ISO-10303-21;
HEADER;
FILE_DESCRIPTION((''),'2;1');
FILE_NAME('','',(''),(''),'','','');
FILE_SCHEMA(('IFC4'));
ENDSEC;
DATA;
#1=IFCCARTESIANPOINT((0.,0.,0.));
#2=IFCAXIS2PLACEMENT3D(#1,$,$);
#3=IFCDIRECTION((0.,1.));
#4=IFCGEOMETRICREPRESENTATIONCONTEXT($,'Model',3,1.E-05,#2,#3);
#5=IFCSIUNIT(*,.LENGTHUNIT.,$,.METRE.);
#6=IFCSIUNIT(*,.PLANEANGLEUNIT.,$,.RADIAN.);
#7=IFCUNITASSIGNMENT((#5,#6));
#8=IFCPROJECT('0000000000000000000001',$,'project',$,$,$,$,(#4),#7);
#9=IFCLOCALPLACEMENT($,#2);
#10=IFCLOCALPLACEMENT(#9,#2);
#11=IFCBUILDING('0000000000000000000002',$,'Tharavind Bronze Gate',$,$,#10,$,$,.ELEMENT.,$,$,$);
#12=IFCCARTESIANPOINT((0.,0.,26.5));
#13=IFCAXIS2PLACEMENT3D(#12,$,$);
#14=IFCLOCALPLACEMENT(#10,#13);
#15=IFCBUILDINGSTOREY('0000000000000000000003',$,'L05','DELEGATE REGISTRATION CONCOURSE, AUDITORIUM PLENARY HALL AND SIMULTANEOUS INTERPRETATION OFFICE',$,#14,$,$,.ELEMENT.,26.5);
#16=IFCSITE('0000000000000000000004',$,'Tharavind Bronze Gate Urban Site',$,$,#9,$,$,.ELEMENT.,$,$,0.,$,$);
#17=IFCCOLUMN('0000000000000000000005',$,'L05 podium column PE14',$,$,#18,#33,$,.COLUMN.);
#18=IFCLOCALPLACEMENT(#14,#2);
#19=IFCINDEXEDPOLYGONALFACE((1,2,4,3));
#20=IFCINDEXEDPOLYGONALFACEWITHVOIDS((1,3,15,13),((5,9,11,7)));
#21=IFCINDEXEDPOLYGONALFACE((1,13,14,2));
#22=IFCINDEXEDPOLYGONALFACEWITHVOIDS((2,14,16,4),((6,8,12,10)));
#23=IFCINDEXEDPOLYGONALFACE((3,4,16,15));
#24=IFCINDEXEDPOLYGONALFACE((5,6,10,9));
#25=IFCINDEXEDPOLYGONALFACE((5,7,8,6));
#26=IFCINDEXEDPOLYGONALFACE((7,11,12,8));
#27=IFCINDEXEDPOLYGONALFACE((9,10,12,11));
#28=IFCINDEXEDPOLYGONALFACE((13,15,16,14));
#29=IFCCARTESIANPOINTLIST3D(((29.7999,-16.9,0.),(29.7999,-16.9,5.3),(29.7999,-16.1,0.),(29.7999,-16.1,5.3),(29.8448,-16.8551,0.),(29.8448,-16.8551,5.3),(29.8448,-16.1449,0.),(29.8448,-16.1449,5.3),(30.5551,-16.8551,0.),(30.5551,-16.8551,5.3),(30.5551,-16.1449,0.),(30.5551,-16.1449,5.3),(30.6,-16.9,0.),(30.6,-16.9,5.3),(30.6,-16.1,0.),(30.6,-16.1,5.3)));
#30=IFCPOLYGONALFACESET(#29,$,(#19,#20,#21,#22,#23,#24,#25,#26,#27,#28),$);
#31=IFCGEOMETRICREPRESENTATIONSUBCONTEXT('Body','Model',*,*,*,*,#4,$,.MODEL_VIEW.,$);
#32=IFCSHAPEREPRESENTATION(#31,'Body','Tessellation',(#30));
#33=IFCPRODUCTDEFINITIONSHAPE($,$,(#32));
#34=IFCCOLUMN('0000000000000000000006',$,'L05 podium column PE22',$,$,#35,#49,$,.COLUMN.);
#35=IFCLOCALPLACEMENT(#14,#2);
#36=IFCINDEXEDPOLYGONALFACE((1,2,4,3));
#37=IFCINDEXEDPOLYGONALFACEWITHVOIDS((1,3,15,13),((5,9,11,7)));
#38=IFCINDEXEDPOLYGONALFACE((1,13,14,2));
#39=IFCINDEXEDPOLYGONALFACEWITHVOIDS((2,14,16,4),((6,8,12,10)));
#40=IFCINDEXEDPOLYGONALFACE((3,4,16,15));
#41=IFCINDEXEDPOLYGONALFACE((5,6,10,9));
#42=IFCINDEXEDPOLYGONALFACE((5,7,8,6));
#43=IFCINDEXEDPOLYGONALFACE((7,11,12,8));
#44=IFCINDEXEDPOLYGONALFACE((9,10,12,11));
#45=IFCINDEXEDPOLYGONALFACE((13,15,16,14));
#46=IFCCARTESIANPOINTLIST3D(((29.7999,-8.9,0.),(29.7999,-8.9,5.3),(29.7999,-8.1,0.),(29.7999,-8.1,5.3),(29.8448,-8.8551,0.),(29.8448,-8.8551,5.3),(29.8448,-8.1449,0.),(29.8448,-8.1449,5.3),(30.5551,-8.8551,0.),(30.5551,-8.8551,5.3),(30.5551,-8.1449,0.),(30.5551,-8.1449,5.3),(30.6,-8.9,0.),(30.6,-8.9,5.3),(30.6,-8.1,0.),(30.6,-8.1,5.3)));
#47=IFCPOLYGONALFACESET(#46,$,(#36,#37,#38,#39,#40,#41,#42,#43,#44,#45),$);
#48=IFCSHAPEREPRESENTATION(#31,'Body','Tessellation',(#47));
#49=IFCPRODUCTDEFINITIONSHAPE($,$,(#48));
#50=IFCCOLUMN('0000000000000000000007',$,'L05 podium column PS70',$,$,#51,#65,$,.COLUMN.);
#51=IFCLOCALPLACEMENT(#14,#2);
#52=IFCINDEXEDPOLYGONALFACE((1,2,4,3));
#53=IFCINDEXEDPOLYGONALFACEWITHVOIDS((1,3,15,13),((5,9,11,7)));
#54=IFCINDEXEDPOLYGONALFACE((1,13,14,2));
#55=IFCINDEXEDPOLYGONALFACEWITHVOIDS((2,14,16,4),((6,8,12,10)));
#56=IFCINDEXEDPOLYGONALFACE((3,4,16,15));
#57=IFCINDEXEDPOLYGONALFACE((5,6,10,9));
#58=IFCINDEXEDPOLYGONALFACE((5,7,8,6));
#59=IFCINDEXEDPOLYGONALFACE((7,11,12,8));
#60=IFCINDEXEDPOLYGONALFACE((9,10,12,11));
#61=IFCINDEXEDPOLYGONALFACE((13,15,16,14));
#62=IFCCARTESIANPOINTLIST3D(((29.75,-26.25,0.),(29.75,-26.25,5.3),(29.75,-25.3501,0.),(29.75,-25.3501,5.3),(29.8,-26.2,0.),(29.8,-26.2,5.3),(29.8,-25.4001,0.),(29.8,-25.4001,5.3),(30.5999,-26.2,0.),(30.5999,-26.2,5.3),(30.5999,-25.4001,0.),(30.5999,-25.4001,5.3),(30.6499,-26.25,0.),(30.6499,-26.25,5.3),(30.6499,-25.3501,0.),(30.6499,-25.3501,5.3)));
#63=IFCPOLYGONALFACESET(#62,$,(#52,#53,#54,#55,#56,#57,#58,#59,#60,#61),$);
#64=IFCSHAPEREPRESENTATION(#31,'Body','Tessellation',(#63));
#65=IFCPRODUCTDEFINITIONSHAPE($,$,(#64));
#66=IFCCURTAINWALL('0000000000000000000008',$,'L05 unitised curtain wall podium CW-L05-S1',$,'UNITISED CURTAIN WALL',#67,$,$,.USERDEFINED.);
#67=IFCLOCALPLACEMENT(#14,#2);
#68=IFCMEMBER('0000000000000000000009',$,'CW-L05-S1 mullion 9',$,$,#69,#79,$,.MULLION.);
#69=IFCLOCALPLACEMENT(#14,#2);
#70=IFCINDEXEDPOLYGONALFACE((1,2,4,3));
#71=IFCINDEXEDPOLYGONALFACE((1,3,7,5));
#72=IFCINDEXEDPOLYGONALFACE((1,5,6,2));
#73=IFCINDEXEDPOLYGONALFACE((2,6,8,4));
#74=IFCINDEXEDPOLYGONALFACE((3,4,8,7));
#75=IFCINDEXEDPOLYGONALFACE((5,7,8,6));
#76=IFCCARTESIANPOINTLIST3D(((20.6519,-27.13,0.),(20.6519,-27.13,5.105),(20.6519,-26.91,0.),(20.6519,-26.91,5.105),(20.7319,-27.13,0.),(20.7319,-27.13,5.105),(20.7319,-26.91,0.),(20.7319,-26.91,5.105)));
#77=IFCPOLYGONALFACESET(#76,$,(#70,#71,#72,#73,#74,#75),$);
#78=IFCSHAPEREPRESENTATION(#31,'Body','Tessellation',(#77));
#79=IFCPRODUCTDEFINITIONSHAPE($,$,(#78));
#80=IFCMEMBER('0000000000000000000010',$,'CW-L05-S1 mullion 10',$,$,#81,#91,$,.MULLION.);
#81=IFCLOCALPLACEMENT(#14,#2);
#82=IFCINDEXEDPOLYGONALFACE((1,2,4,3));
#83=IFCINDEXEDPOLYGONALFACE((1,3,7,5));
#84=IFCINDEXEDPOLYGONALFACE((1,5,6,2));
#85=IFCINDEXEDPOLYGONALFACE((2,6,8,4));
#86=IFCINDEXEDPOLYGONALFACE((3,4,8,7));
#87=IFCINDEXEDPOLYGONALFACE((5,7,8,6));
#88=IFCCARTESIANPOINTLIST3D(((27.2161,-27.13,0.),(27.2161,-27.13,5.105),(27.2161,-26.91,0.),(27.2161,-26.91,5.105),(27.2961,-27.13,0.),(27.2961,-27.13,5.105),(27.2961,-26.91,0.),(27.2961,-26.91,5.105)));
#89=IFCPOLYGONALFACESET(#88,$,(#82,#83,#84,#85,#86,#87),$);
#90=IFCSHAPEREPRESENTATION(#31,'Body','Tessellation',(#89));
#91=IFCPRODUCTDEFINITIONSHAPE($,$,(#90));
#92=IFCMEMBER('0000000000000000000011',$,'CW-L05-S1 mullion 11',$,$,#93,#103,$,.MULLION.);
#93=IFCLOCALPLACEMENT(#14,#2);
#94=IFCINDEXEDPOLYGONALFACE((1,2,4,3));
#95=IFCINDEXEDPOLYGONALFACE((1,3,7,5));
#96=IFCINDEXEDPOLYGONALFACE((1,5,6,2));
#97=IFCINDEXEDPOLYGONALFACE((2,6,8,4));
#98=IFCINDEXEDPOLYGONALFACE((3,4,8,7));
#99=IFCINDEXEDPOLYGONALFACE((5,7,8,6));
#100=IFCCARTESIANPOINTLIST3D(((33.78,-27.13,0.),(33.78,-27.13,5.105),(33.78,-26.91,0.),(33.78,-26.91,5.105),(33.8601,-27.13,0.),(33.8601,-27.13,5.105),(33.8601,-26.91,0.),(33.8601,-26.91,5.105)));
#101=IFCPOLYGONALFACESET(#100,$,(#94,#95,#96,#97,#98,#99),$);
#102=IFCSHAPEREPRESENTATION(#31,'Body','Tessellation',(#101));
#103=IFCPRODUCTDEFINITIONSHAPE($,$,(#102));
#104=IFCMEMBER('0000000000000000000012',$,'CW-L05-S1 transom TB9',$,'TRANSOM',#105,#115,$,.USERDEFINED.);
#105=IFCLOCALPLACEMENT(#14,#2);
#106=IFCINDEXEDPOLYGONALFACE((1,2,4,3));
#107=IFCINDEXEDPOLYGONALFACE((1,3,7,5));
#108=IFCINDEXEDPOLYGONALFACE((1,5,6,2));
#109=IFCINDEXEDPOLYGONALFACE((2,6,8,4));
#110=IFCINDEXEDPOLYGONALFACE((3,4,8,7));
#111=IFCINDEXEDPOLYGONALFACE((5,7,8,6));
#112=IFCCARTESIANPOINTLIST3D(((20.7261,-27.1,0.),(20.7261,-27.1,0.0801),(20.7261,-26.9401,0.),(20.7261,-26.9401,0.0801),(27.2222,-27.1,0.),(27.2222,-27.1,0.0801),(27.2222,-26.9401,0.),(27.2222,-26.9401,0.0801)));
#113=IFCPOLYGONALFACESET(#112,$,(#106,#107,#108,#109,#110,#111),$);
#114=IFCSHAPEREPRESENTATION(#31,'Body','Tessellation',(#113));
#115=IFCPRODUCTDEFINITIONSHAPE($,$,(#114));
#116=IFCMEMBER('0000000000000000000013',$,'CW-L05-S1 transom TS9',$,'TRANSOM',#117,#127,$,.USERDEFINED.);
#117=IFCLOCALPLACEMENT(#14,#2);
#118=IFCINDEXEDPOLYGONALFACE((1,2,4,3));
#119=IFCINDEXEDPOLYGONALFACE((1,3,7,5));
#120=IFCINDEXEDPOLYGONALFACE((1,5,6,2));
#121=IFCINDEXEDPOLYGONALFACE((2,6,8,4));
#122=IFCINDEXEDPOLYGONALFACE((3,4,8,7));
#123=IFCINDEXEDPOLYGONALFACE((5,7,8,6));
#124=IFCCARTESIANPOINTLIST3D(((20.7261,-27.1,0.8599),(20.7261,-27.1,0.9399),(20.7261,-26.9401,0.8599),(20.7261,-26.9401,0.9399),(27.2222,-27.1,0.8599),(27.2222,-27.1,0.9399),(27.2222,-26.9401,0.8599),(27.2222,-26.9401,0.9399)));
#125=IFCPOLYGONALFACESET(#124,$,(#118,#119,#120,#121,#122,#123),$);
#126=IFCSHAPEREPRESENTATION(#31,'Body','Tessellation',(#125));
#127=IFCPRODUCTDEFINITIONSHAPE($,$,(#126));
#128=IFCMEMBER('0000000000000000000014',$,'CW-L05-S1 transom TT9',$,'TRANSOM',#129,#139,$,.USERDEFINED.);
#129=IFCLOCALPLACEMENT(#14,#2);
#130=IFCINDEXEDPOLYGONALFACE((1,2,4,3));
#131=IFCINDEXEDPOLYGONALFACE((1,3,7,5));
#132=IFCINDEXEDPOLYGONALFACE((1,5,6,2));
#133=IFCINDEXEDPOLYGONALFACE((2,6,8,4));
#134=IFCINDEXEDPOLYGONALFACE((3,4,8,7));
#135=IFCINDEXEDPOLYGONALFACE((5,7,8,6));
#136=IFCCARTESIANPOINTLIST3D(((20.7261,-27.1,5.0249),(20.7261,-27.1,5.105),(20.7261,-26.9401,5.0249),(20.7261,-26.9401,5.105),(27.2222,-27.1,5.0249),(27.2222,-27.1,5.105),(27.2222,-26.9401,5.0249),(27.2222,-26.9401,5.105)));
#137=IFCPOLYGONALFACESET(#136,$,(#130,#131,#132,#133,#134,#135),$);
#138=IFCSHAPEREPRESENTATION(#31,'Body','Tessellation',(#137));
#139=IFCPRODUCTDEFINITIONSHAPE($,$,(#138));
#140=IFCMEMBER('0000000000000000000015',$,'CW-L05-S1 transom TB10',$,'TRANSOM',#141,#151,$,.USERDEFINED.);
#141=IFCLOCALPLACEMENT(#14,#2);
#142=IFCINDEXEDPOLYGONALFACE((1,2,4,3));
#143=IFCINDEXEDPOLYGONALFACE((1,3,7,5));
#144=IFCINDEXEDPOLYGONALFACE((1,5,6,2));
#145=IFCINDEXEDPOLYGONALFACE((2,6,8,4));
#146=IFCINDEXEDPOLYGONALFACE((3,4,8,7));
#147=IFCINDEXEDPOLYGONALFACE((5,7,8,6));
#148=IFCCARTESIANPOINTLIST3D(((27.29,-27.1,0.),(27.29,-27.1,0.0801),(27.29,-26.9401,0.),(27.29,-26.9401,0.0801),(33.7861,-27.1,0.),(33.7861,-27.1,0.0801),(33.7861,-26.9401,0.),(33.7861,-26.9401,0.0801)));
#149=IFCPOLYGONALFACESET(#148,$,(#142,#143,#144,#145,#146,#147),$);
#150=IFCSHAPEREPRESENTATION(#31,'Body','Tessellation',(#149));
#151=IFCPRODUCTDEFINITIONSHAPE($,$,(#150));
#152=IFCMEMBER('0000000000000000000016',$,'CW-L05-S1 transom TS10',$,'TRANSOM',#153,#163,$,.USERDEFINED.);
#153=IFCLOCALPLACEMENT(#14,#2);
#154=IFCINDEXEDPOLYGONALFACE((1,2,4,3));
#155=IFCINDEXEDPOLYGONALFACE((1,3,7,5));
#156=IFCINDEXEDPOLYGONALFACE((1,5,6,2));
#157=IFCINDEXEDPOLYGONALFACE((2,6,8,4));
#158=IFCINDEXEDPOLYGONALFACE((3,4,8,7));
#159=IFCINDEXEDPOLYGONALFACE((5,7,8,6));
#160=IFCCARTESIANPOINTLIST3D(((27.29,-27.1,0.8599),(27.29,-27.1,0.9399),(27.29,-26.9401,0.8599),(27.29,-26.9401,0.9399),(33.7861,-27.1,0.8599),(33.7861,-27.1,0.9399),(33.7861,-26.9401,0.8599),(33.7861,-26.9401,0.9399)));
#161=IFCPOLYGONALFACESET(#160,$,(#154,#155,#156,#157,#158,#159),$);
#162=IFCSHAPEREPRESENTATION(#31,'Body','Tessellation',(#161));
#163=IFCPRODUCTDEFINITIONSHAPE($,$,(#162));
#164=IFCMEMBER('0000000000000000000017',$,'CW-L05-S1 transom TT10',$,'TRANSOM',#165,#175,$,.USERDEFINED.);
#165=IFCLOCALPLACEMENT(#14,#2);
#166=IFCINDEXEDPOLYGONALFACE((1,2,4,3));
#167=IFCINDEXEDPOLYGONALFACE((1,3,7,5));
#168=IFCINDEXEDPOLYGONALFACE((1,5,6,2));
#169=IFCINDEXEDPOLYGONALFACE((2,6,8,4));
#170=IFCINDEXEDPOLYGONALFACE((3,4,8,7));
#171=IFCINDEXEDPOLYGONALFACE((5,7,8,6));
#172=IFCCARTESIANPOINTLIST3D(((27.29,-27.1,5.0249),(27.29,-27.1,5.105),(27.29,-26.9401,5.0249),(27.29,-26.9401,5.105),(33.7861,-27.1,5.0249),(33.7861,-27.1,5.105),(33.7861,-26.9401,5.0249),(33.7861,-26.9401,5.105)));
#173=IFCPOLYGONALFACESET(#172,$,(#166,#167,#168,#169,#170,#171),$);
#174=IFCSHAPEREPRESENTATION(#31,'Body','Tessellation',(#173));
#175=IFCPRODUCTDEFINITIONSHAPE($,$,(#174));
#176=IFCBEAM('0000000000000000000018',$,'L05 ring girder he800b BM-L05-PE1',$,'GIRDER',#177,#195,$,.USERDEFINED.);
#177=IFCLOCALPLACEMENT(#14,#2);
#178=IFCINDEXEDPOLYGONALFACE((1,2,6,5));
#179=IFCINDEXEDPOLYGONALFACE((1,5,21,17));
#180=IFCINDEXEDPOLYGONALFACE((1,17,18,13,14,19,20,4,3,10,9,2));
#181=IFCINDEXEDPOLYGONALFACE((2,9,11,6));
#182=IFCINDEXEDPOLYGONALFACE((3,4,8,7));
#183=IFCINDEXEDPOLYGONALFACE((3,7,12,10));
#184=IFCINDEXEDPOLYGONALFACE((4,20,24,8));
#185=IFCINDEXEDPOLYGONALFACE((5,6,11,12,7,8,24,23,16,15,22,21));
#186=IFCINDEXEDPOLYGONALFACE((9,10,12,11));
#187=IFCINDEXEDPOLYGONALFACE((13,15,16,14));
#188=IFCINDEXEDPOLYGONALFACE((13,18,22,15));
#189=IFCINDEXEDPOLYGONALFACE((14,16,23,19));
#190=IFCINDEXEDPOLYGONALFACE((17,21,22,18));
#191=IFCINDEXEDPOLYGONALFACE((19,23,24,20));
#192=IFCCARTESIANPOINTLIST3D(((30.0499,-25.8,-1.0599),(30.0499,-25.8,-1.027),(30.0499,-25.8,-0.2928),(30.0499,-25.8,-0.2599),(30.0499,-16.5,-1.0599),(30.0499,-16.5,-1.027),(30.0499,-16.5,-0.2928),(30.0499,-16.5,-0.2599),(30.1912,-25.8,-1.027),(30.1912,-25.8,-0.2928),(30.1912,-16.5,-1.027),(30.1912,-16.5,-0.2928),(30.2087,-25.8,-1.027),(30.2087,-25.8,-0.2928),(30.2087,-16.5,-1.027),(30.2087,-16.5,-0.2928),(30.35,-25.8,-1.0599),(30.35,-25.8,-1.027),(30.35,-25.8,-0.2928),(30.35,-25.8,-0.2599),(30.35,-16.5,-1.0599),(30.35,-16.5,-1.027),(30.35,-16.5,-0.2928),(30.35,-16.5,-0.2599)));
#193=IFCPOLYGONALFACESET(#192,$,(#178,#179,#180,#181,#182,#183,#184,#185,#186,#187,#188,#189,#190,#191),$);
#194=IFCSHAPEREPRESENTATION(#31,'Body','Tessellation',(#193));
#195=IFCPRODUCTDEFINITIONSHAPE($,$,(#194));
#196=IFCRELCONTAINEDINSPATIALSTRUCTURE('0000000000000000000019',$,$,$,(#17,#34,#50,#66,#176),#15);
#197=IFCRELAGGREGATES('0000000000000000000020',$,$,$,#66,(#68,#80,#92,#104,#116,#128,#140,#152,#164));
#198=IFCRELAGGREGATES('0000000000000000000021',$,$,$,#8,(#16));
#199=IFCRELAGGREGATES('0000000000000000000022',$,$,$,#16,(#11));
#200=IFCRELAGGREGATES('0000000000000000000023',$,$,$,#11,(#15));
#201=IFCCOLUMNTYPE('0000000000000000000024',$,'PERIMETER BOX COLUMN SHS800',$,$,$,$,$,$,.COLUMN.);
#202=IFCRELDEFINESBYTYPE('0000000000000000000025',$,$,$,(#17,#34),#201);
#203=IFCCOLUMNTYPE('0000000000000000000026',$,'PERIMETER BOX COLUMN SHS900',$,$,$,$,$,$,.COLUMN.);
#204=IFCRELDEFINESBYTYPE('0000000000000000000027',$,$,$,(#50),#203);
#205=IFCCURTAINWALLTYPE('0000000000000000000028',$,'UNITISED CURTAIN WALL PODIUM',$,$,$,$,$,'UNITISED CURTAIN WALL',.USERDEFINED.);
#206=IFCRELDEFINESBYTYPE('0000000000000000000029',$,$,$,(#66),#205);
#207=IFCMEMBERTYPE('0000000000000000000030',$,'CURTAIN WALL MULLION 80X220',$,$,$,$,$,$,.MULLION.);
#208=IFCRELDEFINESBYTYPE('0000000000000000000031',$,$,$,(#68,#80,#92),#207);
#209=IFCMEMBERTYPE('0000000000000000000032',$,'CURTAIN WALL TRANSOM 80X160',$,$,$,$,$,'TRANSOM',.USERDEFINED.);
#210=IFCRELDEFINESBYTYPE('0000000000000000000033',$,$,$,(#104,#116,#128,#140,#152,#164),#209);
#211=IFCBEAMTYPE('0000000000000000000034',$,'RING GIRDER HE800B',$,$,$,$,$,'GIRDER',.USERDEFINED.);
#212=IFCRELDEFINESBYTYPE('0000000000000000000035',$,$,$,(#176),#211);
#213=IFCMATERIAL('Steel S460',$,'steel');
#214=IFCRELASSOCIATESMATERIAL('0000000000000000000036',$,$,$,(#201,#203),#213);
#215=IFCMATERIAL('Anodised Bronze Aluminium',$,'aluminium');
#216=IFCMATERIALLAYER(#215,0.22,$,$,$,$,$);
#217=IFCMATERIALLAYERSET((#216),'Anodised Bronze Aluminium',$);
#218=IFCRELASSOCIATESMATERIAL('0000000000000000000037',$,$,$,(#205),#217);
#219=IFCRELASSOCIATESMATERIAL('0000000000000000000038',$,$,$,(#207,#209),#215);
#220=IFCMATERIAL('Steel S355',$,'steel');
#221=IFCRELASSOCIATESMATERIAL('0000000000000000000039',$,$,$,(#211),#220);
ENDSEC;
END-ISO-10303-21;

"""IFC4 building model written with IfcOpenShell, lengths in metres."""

from ifc_helpers import new_model, si_unit, direction, frame, origin, origin_2d, place, context, subcontext, project, spatial, rectangle, hollow_rectangle, i_section, extrude, material, layer, layer_set, material_profile, profile_set, type_object, element, aggregate, save


model = new_model("IFC4")

# Units and contexts
model_context = context("Model", 3, precision=1e-05, world=origin(), true_north=direction((0.0, 1.0)))
body_context = subcontext(model_context, "Body", "Model", "MODEL_VIEW")
ifc_project = project(units=[si_unit("LENGTHUNIT", "METRE"), si_unit("PLANEANGLEUNIT", "RADIAN")], contexts=[model_context])

# Site, building, storey
site_placement = place(None, origin())
site = spatial("IfcSite", under=ifc_project, at=site_placement, Name="Tharavind Bronze Gate Urban Site", CompositionType="ELEMENT", RefElevation=0.0)
building_placement = place(site_placement, origin())
building = spatial("IfcBuilding", under=site, at=building_placement, Name="Tharavind Bronze Gate", CompositionType="ELEMENT")
storey_placement = place(building_placement, frame((0.0, 0.0, 26.5)))
storey = spatial("IfcBuildingStorey", under=building, at=storey_placement, Name="L05", Description="DELEGATE REGISTRATION CONCOURSE, AUDITORIUM PLENARY HALL AND SIMULTANEOUS INTERPRETATION OFFICE", CompositionType="ELEMENT", Elevation=26.5)

# Columns
ifc_material_1 = material(Name="Steel S460", Category="steel")
ifc_material_profile_1 = material_profile(ifc_material_1, hollow_rectangle(XDim=0.8, YDim=0.8, WallThickness=0.0449, at=origin_2d()), Name="SHS800X45")
ifc_profile_set_1 = profile_set([ifc_material_profile_1], Name="Steel S460")
column_type_1 = type_object("IfcColumnType", Name="PERIMETER BOX COLUMN SHS800", PredefinedType="COLUMN", material=ifc_profile_set_1)
for number, where, z_axis, x_axis, name in (
    (1, (30.2, -16.5, 0.0), (0.0, 0.0, 1.0), (1.0, 0.0, 0.0), "L05 podium column PE14"),
    (2, (30.2, -8.5, 0.0), (0.0, 0.0, 1.0), (1.0, 0.0, 0.0), "L05 podium column PE22"),
):
    element("IfcColumn", number, at=place(storey_placement, frame(where, z_axis=z_axis, x_axis=x_axis)), inside=storey, type_object=column_type_1, Name=name, PredefinedType="COLUMN", context=body_context, shape_type="SweptSolid", body=[
        extrude(hollow_rectangle(XDim=0.8, YDim=0.8, WallThickness=0.0449, at=origin_2d()), origin(), (0.0, 0.0, 1.0), 5.3),
    ])
ifc_material_profile_2 = material_profile(ifc_material_1, hollow_rectangle(XDim=0.8999, YDim=0.8999, WallThickness=0.05, at=origin_2d()), Name="SHS900X50")
ifc_profile_set_2 = profile_set([ifc_material_profile_2], Name="Steel S460")
column_type_2 = type_object("IfcColumnType", Name="PERIMETER BOX COLUMN SHS900", PredefinedType="COLUMN", material=ifc_profile_set_2)
column_placement = place(storey_placement, frame((30.2, -25.8, 0.0), z_axis=(0.0, 0.0, 1.0), x_axis=(1.0, 0.0, 0.0)))
element("IfcColumn", 3, at=column_placement, inside=storey, type_object=column_type_2, Name="L05 podium column PS70", PredefinedType="COLUMN", context=body_context, shape_type="SweptSolid", body=[
    extrude(hollow_rectangle(XDim=0.8999, YDim=0.8999, WallThickness=0.05, at=origin_2d()), origin(), (0.0, 0.0, 1.0), 5.3),
])

# Curtain wall, members
ifc_material_2 = material(Name="Anodised Bronze Aluminium", Category="aluminium")
ifc_layer_1 = layer(ifc_material_2, 0.22)
ifc_layer_set_1 = layer_set([ifc_layer_1], Name="Anodised Bronze Aluminium")
curtain_wall_type = type_object("IfcCurtainWallType", Name="UNITISED CURTAIN WALL PODIUM", ElementType="UNITISED CURTAIN WALL", PredefinedType="USERDEFINED", material=ifc_layer_set_1)
curtain_wall_placement = place(storey_placement, origin())
curtain_wall = element("IfcCurtainWall", 4, at=curtain_wall_placement, inside=storey, type_object=curtain_wall_type, Name="L05 unitised curtain wall podium CW-L05-S1", ObjectType="UNITISED CURTAIN WALL", PredefinedType="USERDEFINED")
member_type_1 = type_object("IfcMemberType", Name="CURTAIN WALL MULLION 80X220", PredefinedType="MULLION", material=ifc_material_2)
member_1_placement = place(storey_placement, frame((20.6919, -27.02, 0.0), z_axis=(0.0, 0.0, 1.0), x_axis=(1.0, 0.0, 0.0)))
member_1 = element("IfcMember", 5, at=member_1_placement, type_object=member_type_1, Name="CW-L05-S1 mullion 9", PredefinedType="MULLION", context=body_context, shape_type="SweptSolid", body=[
    extrude(rectangle(XDim=0.0801, YDim=0.22, at=origin_2d()), origin(), (0.0, 0.0, 1.0), 5.105),
])
member_2_placement = place(storey_placement, frame((27.2561, -27.02, 0.0), z_axis=(0.0, 0.0, 1.0), x_axis=(1.0, 0.0, 0.0)))
member_2 = element("IfcMember", 6, at=member_2_placement, type_object=member_type_1, Name="CW-L05-S1 mullion 10", PredefinedType="MULLION", context=body_context, shape_type="SweptSolid", body=[
    extrude(rectangle(XDim=0.0801, YDim=0.22, at=origin_2d()), origin(), (0.0, 0.0, 1.0), 5.105),
])
member_3_placement = place(storey_placement, frame((33.8201, -27.02, 0.0), z_axis=(0.0, 0.0, 1.0), x_axis=(1.0, 0.0, 0.0)))
member_3 = element("IfcMember", 7, at=member_3_placement, type_object=member_type_1, Name="CW-L05-S1 mullion 11", PredefinedType="MULLION", context=body_context, shape_type="SweptSolid", body=[
    extrude(rectangle(XDim=0.0801, YDim=0.22, at=origin_2d()), origin(), (0.0, 0.0, 1.0), 5.105),
])
member_type_2 = type_object("IfcMemberType", Name="CURTAIN WALL TRANSOM 80X160", ElementType="TRANSOM", PredefinedType="USERDEFINED", material=ifc_material_2)
member_4_placement = place(storey_placement, frame((23.9741, -27.02, 0.0), z_axis=(0.0, 0.0, 1.0), x_axis=(1.0, 0.0, 0.0)))
member_4 = element("IfcMember", 8, at=member_4_placement, type_object=member_type_2, Name="CW-L05-S1 transom TB9", ObjectType="TRANSOM", PredefinedType="USERDEFINED", context=body_context, shape_type="SweptSolid", body=[
    extrude(rectangle(XDim=6.4961, YDim=0.1599, at=origin_2d()), origin(), (0.0, 0.0, 1.0), 0.0801),
])
member_5_placement = place(storey_placement, frame((23.9741, -27.02, 0.8599), z_axis=(0.0, 0.0, 1.0), x_axis=(1.0, 0.0, 0.0)))
member_5 = element("IfcMember", 9, at=member_5_placement, type_object=member_type_2, Name="CW-L05-S1 transom TS9", ObjectType="TRANSOM", PredefinedType="USERDEFINED", context=body_context, shape_type="SweptSolid", body=[
    extrude(rectangle(XDim=6.4961, YDim=0.1599, at=origin_2d()), origin(), (0.0, 0.0, 1.0), 0.0801),
])
member_6_placement = place(storey_placement, frame((23.9741, -27.02, 5.0249), z_axis=(0.0, 0.0, 1.0), x_axis=(1.0, 0.0, 0.0)))
member_6 = element("IfcMember", 10, at=member_6_placement, type_object=member_type_2, Name="CW-L05-S1 transom TT9", ObjectType="TRANSOM", PredefinedType="USERDEFINED", context=body_context, shape_type="SweptSolid", body=[
    extrude(rectangle(XDim=6.4961, YDim=0.1599, at=origin_2d()), origin(), (0.0, 0.0, 1.0), 0.0801),
])
member_7_placement = place(storey_placement, frame((30.5381, -27.02, 0.0), z_axis=(0.0, 0.0, 1.0), x_axis=(1.0, 0.0, 0.0)))
member_7 = element("IfcMember", 11, at=member_7_placement, type_object=member_type_2, Name="CW-L05-S1 transom TB10", ObjectType="TRANSOM", PredefinedType="USERDEFINED", context=body_context, shape_type="SweptSolid", body=[
    extrude(rectangle(XDim=6.4961, YDim=0.1599, at=origin_2d()), origin(), (0.0, 0.0, 1.0), 0.0801),
])
member_8_placement = place(storey_placement, frame((30.5381, -27.02, 0.8599), z_axis=(0.0, 0.0, 1.0), x_axis=(1.0, 0.0, 0.0)))
member_8 = element("IfcMember", 12, at=member_8_placement, type_object=member_type_2, Name="CW-L05-S1 transom TS10", ObjectType="TRANSOM", PredefinedType="USERDEFINED", context=body_context, shape_type="SweptSolid", body=[
    extrude(rectangle(XDim=6.4961, YDim=0.1599, at=origin_2d()), origin(), (0.0, 0.0, 1.0), 0.0801),
])
member_9_placement = place(storey_placement, frame((30.5381, -27.02, 5.0249), z_axis=(0.0, 0.0, 1.0), x_axis=(1.0, 0.0, 0.0)))
member_9 = element("IfcMember", 13, at=member_9_placement, type_object=member_type_2, Name="CW-L05-S1 transom TT10", ObjectType="TRANSOM", PredefinedType="USERDEFINED", context=body_context, shape_type="SweptSolid", body=[
    extrude(rectangle(XDim=6.4961, YDim=0.1599, at=origin_2d()), origin(), (0.0, 0.0, 1.0), 0.0801),
])

# Beam
ifc_material_3 = material(Name="Steel S355", Category="steel")
ifc_material_profile_3 = material_profile(ifc_material_3, i_section(OverallWidth=0.3, OverallDepth=0.8, WebThickness=0.0176, FlangeThickness=0.033, at=origin_2d()), Name="HE800B")
ifc_profile_set_3 = profile_set([ifc_material_profile_3], Name="Steel S355")
beam_type_1 = type_object("IfcBeamType", Name="RING GIRDER HE800B", ElementType="GIRDER", PredefinedType="USERDEFINED", material=ifc_profile_set_3)
beam_1_placement = place(storey_placement, frame((30.2, -25.8, -0.6599), z_axis=(0.0, 1.0, 0.0), x_axis=(-1.0, 0.0, 0.0)))
element("IfcBeam", 14, at=beam_1_placement, inside=storey, type_object=beam_type_1, Name="L05 ring girder he800b BM-L05-PE1", ObjectType="GIRDER", PredefinedType="USERDEFINED", context=body_context, shape_type="SweptSolid", body=[
    extrude(i_section(OverallWidth=0.3, OverallDepth=0.8, WebThickness=0.0176, FlangeThickness=0.033, at=origin_2d()), origin(), (0.0, 0.0, 1.0), 9.3),
])

aggregate(curtain_wall, [member_1, member_2, member_3, member_4, member_5, member_6, member_7, member_8, member_9])

save(model, "model.ifc")
